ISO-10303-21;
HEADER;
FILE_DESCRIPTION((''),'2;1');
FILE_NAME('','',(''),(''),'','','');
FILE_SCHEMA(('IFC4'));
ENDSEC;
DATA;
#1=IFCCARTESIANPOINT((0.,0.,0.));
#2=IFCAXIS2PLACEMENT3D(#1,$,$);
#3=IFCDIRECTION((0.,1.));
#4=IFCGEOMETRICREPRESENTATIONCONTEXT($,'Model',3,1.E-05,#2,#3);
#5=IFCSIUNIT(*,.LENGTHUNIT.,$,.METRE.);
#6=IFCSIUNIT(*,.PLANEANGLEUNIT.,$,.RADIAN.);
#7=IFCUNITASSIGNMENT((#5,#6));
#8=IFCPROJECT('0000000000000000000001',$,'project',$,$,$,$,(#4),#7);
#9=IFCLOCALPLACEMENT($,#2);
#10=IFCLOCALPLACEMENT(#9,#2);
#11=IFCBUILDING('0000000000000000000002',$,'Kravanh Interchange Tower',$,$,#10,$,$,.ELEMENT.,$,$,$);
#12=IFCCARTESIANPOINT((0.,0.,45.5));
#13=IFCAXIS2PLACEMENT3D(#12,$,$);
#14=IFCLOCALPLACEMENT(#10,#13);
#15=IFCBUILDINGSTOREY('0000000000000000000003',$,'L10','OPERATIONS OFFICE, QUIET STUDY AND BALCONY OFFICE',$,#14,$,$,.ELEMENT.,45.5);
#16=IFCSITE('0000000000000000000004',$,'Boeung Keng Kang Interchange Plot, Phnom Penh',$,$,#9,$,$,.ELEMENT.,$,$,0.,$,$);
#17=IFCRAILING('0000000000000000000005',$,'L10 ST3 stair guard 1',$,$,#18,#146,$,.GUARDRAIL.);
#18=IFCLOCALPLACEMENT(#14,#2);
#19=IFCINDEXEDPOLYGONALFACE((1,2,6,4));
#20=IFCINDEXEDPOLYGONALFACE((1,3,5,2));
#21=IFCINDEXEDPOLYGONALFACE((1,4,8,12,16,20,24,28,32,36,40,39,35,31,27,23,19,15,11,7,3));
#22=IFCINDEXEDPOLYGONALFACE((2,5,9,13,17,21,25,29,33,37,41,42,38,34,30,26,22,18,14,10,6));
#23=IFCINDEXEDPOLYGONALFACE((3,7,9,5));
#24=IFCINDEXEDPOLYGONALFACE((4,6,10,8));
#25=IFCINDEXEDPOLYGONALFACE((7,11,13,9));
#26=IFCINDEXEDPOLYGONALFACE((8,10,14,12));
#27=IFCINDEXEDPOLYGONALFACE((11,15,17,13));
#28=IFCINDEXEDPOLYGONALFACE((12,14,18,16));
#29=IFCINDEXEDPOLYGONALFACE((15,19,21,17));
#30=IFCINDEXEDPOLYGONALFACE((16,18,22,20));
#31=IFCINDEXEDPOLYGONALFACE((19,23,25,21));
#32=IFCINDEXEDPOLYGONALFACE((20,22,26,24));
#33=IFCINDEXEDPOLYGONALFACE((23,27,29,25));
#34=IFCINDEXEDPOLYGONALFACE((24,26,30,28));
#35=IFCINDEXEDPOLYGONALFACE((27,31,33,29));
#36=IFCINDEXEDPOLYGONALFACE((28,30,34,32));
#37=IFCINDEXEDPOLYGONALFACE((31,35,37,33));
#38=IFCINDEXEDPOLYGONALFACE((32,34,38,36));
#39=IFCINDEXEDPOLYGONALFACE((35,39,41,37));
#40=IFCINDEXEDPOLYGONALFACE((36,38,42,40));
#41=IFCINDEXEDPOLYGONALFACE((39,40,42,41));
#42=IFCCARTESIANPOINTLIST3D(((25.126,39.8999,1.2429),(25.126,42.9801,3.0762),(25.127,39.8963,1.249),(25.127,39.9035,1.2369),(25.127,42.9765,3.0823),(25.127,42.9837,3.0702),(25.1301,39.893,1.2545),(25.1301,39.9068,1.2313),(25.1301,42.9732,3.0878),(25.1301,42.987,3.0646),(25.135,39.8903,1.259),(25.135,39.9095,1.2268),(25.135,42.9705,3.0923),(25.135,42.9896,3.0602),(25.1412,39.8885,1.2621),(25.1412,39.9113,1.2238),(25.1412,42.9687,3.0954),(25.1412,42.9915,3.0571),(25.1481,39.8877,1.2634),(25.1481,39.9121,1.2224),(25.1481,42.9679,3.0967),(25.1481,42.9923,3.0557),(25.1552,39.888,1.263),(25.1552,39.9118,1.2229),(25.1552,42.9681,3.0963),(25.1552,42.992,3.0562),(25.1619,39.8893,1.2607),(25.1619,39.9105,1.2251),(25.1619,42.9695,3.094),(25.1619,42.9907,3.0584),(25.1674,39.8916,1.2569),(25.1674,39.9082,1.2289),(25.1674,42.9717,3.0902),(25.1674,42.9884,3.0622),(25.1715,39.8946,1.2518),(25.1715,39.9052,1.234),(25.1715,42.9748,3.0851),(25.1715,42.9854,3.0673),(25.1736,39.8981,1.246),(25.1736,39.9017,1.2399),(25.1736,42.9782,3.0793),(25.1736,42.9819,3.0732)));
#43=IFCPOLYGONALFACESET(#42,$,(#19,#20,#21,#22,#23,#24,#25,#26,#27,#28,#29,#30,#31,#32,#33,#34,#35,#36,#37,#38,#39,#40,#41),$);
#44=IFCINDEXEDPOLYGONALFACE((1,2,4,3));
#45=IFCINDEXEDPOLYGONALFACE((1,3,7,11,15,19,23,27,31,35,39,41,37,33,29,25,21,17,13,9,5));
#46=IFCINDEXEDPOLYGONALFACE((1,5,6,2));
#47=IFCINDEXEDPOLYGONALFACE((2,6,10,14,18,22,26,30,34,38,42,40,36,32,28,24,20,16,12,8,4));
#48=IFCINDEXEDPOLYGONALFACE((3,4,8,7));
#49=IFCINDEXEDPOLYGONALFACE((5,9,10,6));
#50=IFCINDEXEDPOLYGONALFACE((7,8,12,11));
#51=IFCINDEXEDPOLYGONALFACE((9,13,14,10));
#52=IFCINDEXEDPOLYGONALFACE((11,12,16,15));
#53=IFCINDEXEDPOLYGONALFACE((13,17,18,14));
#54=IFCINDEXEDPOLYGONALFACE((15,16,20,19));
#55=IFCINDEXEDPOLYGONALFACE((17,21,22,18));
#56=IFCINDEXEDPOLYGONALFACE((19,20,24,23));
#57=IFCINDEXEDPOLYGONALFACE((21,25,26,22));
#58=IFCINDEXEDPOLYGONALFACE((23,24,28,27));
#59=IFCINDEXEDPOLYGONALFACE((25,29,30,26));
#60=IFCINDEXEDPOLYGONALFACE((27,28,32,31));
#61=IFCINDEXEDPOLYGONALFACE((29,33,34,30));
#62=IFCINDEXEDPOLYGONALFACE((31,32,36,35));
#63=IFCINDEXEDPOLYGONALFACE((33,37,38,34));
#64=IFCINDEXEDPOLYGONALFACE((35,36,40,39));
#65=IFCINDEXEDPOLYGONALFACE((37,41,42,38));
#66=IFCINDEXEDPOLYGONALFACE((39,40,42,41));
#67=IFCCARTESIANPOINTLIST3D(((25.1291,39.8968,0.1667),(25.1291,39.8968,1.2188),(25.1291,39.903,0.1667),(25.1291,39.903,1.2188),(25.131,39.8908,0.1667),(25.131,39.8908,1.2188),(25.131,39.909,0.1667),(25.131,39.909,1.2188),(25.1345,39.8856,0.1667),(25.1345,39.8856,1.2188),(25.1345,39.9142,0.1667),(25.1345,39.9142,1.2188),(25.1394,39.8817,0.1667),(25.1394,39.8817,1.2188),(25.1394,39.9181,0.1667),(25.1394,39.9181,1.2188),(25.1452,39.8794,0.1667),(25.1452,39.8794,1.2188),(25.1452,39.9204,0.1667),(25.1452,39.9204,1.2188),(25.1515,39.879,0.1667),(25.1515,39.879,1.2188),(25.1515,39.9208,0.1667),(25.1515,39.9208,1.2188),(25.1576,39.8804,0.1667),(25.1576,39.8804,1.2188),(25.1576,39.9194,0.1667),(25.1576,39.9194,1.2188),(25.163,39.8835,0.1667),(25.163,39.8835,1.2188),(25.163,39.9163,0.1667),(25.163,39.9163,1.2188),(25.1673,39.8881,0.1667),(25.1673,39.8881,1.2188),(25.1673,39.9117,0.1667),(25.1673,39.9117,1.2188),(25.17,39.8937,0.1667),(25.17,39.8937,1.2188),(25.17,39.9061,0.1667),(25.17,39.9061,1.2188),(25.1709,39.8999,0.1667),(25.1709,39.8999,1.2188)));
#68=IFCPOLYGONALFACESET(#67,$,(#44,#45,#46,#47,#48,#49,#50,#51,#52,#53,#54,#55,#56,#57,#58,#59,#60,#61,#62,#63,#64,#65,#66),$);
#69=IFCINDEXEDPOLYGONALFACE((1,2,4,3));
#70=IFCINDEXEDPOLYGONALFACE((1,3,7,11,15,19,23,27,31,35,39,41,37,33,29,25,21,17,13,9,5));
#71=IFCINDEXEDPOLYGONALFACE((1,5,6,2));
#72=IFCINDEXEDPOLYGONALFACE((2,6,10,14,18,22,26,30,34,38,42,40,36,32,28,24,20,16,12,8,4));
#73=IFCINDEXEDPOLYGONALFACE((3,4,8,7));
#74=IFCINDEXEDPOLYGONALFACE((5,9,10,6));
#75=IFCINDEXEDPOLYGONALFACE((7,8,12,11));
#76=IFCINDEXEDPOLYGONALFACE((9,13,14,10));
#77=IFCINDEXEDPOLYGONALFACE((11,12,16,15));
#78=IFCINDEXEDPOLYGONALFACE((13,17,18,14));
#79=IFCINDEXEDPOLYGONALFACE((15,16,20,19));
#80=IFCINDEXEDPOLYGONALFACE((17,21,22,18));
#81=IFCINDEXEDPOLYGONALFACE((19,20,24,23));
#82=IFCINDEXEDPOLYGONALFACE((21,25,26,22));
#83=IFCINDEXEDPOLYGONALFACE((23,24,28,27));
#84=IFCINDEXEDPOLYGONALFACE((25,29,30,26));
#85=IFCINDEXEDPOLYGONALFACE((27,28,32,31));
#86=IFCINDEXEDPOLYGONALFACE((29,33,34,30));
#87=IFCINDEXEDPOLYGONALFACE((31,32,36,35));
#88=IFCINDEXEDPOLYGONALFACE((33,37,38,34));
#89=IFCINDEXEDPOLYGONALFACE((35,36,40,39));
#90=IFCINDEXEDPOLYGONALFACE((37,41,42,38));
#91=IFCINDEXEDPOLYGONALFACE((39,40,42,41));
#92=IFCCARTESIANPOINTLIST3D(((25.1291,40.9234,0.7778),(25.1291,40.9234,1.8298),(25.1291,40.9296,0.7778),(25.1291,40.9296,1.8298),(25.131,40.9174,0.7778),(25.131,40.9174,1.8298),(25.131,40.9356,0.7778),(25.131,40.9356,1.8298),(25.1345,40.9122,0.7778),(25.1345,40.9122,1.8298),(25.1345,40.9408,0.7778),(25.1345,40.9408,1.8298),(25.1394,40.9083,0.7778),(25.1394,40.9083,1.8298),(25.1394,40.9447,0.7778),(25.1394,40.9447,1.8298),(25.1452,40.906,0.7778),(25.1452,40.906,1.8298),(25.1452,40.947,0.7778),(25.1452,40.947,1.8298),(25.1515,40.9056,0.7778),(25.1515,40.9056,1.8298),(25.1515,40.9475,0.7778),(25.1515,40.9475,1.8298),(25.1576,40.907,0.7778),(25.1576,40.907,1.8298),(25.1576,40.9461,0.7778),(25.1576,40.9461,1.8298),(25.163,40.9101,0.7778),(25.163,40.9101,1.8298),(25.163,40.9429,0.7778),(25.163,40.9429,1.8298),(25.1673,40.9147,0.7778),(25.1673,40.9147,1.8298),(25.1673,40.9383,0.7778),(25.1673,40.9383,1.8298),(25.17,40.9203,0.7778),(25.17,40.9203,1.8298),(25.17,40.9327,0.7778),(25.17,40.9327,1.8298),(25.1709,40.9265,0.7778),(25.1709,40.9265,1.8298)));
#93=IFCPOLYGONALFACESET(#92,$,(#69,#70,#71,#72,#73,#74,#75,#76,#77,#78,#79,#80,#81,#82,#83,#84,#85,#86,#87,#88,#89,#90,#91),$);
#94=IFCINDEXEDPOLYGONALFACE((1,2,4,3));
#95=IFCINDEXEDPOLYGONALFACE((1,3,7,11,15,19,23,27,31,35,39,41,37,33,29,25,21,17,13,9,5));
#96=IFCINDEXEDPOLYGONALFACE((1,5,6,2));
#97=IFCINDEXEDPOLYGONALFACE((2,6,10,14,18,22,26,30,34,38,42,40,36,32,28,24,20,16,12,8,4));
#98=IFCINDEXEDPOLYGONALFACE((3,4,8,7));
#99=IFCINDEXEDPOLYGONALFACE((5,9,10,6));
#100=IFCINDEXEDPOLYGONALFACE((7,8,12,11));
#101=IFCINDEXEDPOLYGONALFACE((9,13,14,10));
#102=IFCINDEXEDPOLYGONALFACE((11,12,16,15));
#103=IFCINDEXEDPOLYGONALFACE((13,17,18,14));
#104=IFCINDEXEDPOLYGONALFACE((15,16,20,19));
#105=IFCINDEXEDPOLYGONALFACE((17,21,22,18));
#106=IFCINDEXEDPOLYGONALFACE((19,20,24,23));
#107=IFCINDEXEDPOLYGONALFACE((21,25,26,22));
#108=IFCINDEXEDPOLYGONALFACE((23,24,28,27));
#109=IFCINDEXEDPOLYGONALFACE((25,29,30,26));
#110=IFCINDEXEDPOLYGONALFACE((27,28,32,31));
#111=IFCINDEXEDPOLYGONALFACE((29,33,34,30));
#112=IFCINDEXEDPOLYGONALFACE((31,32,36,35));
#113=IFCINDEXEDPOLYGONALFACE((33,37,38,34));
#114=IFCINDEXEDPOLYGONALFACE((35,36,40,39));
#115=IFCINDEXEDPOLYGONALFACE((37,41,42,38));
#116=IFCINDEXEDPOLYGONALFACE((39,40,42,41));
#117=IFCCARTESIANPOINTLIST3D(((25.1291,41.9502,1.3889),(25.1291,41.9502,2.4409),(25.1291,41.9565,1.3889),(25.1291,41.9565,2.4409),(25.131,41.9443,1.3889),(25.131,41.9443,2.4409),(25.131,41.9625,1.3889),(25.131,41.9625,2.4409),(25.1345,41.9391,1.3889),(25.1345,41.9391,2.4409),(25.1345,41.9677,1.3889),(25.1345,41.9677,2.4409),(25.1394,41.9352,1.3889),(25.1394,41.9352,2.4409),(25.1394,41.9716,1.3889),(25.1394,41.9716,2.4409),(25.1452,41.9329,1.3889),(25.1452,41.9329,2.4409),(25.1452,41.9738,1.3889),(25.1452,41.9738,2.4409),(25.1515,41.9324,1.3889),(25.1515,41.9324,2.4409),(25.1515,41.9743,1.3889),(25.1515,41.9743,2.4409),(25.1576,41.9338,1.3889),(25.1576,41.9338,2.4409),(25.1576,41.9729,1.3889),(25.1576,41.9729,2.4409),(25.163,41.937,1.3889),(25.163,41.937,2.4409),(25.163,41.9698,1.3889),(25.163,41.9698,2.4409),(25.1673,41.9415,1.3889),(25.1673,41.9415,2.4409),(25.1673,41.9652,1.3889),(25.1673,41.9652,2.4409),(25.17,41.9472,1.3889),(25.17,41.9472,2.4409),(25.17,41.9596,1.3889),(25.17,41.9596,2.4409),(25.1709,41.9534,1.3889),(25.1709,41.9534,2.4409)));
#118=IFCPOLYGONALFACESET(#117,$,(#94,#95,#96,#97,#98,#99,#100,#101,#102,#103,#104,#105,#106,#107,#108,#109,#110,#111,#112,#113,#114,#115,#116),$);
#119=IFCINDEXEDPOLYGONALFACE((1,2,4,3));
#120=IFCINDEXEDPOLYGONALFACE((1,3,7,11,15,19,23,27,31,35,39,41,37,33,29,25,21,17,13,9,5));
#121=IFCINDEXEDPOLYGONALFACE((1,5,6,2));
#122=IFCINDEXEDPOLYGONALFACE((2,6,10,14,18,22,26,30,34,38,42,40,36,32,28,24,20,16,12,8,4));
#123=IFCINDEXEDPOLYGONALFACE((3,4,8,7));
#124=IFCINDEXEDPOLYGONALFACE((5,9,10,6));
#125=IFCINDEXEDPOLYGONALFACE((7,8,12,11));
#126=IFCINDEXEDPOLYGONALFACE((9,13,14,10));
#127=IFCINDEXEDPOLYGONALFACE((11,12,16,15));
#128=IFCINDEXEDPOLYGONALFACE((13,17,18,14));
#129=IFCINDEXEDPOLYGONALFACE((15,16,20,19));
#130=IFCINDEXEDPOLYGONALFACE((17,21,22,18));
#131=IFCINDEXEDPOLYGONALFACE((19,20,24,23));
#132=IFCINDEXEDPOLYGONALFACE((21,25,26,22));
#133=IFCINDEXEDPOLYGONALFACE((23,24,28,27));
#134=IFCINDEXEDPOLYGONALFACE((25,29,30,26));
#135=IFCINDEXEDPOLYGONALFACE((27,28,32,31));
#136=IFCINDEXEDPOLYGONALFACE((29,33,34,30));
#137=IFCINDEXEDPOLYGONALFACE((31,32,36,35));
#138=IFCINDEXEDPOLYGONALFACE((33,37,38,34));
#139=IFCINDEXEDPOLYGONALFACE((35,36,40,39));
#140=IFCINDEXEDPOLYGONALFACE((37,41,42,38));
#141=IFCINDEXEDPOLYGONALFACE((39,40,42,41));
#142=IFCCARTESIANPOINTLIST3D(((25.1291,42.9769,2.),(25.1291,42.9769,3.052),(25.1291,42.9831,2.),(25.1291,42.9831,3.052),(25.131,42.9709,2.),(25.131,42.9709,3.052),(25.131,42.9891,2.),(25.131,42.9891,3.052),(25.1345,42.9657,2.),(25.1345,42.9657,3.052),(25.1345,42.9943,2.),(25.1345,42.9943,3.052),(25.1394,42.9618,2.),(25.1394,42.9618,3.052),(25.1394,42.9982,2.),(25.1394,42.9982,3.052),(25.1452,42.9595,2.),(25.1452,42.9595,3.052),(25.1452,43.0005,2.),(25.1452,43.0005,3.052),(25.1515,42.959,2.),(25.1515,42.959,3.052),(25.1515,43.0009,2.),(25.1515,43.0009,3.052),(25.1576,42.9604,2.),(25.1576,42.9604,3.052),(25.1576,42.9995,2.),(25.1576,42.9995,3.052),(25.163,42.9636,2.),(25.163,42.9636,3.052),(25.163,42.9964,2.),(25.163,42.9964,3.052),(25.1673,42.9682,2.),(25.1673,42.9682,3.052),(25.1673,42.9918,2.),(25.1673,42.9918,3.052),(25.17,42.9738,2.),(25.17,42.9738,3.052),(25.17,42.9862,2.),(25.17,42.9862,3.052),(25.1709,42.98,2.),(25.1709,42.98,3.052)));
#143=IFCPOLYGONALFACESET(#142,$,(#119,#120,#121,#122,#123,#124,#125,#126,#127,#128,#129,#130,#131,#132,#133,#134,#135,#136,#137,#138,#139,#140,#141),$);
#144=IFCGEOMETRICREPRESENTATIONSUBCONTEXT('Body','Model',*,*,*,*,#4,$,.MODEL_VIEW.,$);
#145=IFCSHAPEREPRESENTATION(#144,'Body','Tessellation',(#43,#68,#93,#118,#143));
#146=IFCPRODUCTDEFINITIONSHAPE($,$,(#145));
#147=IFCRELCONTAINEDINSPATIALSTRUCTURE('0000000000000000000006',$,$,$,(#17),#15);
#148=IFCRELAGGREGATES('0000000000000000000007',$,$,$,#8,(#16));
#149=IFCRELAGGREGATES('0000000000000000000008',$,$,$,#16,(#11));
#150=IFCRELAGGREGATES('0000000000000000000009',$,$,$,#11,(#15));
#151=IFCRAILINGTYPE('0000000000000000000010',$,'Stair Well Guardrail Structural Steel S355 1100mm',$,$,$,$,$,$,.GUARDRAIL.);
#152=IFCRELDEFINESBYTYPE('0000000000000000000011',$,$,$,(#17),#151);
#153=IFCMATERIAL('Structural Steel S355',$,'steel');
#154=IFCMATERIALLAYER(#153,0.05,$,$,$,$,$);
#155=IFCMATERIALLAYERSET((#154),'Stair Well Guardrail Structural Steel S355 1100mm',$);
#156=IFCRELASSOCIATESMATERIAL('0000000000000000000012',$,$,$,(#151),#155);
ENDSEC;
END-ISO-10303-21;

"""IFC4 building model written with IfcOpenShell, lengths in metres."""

from ifc_helpers import new_model, si_unit, direction, frame, origin, origin_2d, place, context, subcontext, project, spatial, circle, extrude, material, layer, layer_set, type_object, element, save


model = new_model("IFC4")

# Units and contexts
model_context = context("Model", 3, precision=1e-05, world=origin(), true_north=direction((0.0, 1.0)))
body_context = subcontext(model_context, "Body", "Model", "MODEL_VIEW")
ifc_project = project(units=[si_unit("LENGTHUNIT", "METRE"), si_unit("PLANEANGLEUNIT", "RADIAN")], contexts=[model_context])

# Site, building, storey
site_placement = place(None, origin())
site = spatial("IfcSite", under=ifc_project, at=site_placement, Name="Boeung Keng Kang Interchange Plot, Phnom Penh", CompositionType="ELEMENT", RefElevation=0.0)
building_placement = place(site_placement, origin())
building = spatial("IfcBuilding", under=site, at=building_placement, Name="Kravanh Interchange Tower", CompositionType="ELEMENT")
storey_placement = place(building_placement, frame((0.0, 0.0, 45.5)))
storey = spatial("IfcBuildingStorey", under=building, at=storey_placement, Name="L10", Description="OPERATIONS OFFICE, QUIET STUDY AND BALCONY OFFICE", CompositionType="ELEMENT", Elevation=45.5)

# Railing
ifc_material_1 = material(Name="Structural Steel S355", Category="steel")
ifc_layer_1 = layer(ifc_material_1, 0.05)
ifc_layer_set_1 = layer_set([ifc_layer_1], Name="Stair Well Guardrail Structural Steel S355 1100mm")
railing_type_1 = type_object("IfcRailingType", Name="Stair Well Guardrail Structural Steel S355 1100mm", PredefinedType="GUARDRAIL", material=ifc_layer_set_1)
railing_1_placement = place(storey_placement, frame((25.1499, 39.8999, 0.1667)))
element("IfcRailing", 1, at=railing_1_placement, inside=storey, type_object=railing_type_1, Name="L10 ST3 stair guard 1", PredefinedType="GUARDRAIL", context=body_context, shape_type="SweptSolid", body=[
    extrude(circle(Radius=0.0239, at=origin_2d()), frame((0.0, 0.0, 1.0762), z_axis=(0.0, 0.859309, 0.511458), x_axis=(-1.0, 0.0, 0.0)), (0.0, 0.0, 1.0), 3.5845),
    extrude(circle(Radius=0.021, at=origin_2d()), origin(), (0.0, 0.0, 1.0), 1.052),
    extrude(circle(Radius=0.021, at=origin_2d()), frame((0.0, 1.0266, 0.6111)), (0.0, 0.0, 1.0), 1.052),
    extrude(circle(Radius=0.021, at=origin_2d()), frame((0.0, 2.0535, 1.2222)), (0.0, 0.0, 1.0), 1.052),
    extrude(circle(Radius=0.021, at=origin_2d()), frame((0.0, 3.0801, 1.8333)), (0.0, 0.0, 1.0), 1.052),
])

save(model, "model.ifc")
